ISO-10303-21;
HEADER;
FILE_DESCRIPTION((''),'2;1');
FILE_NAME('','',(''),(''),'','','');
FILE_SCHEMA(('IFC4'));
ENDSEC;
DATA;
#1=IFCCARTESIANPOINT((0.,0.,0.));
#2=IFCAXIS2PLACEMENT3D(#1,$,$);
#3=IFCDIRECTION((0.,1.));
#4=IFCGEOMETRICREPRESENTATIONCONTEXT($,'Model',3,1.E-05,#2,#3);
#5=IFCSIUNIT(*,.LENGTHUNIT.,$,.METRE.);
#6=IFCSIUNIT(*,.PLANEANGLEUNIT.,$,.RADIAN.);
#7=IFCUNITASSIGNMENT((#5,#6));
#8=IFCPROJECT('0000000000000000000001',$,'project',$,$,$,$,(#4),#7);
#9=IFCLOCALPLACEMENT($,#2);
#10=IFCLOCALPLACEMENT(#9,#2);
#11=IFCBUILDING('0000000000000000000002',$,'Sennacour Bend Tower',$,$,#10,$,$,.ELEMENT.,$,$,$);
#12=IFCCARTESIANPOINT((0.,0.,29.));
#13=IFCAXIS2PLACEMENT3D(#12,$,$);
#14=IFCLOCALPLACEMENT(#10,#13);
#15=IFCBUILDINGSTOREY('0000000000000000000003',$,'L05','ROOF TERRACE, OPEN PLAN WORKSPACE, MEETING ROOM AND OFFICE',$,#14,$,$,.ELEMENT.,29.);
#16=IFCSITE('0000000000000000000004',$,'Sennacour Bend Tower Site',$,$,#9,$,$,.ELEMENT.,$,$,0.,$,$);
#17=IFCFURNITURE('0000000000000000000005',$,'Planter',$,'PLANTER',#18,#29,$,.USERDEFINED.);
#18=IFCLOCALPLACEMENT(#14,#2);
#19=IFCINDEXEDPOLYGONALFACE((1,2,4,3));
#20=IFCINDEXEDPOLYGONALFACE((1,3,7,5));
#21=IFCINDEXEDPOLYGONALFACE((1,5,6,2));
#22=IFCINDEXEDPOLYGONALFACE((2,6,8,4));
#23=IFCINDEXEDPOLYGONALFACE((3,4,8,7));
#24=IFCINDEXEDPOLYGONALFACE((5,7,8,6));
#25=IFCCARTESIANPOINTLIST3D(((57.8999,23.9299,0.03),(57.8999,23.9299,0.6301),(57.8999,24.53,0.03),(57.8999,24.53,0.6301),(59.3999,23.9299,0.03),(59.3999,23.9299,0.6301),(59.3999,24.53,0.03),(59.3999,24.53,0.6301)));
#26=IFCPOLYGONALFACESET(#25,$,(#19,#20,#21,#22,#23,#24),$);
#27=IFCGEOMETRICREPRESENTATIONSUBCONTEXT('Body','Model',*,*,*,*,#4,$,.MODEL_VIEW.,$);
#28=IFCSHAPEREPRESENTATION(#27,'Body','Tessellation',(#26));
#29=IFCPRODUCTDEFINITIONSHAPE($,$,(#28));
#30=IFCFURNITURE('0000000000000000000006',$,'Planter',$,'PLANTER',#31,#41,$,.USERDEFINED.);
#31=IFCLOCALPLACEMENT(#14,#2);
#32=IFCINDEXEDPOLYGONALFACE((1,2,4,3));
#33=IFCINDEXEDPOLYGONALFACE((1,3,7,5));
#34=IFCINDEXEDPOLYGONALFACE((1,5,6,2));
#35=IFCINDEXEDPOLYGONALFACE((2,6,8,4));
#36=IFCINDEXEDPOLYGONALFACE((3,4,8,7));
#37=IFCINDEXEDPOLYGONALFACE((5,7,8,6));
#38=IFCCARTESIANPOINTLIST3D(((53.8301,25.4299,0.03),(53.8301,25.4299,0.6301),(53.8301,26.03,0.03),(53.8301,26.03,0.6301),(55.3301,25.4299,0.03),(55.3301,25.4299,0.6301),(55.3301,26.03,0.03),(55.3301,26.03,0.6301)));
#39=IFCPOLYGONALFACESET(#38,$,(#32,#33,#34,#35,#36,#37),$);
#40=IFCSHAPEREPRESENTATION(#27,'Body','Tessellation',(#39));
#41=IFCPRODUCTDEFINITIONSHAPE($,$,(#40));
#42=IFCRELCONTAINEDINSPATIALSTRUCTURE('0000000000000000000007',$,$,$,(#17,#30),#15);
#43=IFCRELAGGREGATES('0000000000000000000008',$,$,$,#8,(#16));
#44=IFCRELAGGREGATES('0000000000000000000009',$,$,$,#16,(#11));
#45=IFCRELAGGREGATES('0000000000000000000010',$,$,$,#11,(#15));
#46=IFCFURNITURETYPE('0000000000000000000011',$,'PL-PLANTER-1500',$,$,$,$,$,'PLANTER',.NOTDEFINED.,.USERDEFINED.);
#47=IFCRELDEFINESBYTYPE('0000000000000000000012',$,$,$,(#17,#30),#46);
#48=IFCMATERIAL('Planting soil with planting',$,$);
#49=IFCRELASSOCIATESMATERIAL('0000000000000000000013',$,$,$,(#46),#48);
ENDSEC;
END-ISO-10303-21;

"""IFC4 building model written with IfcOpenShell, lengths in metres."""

from ifc_helpers import new_model, si_unit, direction, frame, origin, origin_2d, place, context, subcontext, project, spatial, rectangle, extrude, material, type_object, element, save


model = new_model("IFC4")

# Units and contexts
model_context = context("Model", 3, precision=1e-05, world=origin(), true_north=direction((0.0, 1.0)))
body_context = subcontext(model_context, "Body", "Model", "MODEL_VIEW")
ifc_project = project(units=[si_unit("LENGTHUNIT", "METRE"), si_unit("PLANEANGLEUNIT", "RADIAN")], contexts=[model_context])

# Site, building, storey
site_placement = place(None, origin())
site = spatial("IfcSite", under=ifc_project, at=site_placement, Name="Sennacour Bend Tower Site", CompositionType="ELEMENT", RefElevation=0.0)
building_placement = place(site_placement, origin())
building = spatial("IfcBuilding", under=site, at=building_placement, Name="Sennacour Bend Tower", CompositionType="ELEMENT")
storey_placement = place(building_placement, frame((0.0, 0.0, 29.0)))
storey = spatial("IfcBuildingStorey", under=building, at=storey_placement, Name="L05", Description="ROOF TERRACE, OPEN PLAN WORKSPACE, MEETING ROOM AND OFFICE", CompositionType="ELEMENT", Elevation=29.0)

# Furniture
ifc_material_1 = material(Name="Planting soil with planting")
furniture_type = type_object("IfcFurnitureType", Name="PL-PLANTER-1500", ElementType="PLANTER", AssemblyPlace="NOTDEFINED", PredefinedType="USERDEFINED", material=ifc_material_1)
for number, where, z_axis, x_axis, name in (
    (1, (58.6499, 24.23, 0.03), (0.0, 0.0, 1.0), (-1.0, 0.0, 0.0), "Planter"),
    (2, (54.5801, 25.73, 0.03), (0.0, 0.0, 1.0), (-1.0, 0.0, 0.0), "Planter"),
):
    element("IfcFurniture", number, at=place(storey_placement, frame(where, z_axis=z_axis, x_axis=x_axis)), inside=storey, type_object=furniture_type, Name=name, ObjectType="PLANTER", PredefinedType="USERDEFINED", context=body_context, shape_type="SweptSolid", body=[
        extrude(rectangle(XDim=1.5, YDim=0.6001, at=origin_2d()), origin(), (0.0, 0.0, 1.0), 0.6001),
    ])

save(model, "model.ifc")
